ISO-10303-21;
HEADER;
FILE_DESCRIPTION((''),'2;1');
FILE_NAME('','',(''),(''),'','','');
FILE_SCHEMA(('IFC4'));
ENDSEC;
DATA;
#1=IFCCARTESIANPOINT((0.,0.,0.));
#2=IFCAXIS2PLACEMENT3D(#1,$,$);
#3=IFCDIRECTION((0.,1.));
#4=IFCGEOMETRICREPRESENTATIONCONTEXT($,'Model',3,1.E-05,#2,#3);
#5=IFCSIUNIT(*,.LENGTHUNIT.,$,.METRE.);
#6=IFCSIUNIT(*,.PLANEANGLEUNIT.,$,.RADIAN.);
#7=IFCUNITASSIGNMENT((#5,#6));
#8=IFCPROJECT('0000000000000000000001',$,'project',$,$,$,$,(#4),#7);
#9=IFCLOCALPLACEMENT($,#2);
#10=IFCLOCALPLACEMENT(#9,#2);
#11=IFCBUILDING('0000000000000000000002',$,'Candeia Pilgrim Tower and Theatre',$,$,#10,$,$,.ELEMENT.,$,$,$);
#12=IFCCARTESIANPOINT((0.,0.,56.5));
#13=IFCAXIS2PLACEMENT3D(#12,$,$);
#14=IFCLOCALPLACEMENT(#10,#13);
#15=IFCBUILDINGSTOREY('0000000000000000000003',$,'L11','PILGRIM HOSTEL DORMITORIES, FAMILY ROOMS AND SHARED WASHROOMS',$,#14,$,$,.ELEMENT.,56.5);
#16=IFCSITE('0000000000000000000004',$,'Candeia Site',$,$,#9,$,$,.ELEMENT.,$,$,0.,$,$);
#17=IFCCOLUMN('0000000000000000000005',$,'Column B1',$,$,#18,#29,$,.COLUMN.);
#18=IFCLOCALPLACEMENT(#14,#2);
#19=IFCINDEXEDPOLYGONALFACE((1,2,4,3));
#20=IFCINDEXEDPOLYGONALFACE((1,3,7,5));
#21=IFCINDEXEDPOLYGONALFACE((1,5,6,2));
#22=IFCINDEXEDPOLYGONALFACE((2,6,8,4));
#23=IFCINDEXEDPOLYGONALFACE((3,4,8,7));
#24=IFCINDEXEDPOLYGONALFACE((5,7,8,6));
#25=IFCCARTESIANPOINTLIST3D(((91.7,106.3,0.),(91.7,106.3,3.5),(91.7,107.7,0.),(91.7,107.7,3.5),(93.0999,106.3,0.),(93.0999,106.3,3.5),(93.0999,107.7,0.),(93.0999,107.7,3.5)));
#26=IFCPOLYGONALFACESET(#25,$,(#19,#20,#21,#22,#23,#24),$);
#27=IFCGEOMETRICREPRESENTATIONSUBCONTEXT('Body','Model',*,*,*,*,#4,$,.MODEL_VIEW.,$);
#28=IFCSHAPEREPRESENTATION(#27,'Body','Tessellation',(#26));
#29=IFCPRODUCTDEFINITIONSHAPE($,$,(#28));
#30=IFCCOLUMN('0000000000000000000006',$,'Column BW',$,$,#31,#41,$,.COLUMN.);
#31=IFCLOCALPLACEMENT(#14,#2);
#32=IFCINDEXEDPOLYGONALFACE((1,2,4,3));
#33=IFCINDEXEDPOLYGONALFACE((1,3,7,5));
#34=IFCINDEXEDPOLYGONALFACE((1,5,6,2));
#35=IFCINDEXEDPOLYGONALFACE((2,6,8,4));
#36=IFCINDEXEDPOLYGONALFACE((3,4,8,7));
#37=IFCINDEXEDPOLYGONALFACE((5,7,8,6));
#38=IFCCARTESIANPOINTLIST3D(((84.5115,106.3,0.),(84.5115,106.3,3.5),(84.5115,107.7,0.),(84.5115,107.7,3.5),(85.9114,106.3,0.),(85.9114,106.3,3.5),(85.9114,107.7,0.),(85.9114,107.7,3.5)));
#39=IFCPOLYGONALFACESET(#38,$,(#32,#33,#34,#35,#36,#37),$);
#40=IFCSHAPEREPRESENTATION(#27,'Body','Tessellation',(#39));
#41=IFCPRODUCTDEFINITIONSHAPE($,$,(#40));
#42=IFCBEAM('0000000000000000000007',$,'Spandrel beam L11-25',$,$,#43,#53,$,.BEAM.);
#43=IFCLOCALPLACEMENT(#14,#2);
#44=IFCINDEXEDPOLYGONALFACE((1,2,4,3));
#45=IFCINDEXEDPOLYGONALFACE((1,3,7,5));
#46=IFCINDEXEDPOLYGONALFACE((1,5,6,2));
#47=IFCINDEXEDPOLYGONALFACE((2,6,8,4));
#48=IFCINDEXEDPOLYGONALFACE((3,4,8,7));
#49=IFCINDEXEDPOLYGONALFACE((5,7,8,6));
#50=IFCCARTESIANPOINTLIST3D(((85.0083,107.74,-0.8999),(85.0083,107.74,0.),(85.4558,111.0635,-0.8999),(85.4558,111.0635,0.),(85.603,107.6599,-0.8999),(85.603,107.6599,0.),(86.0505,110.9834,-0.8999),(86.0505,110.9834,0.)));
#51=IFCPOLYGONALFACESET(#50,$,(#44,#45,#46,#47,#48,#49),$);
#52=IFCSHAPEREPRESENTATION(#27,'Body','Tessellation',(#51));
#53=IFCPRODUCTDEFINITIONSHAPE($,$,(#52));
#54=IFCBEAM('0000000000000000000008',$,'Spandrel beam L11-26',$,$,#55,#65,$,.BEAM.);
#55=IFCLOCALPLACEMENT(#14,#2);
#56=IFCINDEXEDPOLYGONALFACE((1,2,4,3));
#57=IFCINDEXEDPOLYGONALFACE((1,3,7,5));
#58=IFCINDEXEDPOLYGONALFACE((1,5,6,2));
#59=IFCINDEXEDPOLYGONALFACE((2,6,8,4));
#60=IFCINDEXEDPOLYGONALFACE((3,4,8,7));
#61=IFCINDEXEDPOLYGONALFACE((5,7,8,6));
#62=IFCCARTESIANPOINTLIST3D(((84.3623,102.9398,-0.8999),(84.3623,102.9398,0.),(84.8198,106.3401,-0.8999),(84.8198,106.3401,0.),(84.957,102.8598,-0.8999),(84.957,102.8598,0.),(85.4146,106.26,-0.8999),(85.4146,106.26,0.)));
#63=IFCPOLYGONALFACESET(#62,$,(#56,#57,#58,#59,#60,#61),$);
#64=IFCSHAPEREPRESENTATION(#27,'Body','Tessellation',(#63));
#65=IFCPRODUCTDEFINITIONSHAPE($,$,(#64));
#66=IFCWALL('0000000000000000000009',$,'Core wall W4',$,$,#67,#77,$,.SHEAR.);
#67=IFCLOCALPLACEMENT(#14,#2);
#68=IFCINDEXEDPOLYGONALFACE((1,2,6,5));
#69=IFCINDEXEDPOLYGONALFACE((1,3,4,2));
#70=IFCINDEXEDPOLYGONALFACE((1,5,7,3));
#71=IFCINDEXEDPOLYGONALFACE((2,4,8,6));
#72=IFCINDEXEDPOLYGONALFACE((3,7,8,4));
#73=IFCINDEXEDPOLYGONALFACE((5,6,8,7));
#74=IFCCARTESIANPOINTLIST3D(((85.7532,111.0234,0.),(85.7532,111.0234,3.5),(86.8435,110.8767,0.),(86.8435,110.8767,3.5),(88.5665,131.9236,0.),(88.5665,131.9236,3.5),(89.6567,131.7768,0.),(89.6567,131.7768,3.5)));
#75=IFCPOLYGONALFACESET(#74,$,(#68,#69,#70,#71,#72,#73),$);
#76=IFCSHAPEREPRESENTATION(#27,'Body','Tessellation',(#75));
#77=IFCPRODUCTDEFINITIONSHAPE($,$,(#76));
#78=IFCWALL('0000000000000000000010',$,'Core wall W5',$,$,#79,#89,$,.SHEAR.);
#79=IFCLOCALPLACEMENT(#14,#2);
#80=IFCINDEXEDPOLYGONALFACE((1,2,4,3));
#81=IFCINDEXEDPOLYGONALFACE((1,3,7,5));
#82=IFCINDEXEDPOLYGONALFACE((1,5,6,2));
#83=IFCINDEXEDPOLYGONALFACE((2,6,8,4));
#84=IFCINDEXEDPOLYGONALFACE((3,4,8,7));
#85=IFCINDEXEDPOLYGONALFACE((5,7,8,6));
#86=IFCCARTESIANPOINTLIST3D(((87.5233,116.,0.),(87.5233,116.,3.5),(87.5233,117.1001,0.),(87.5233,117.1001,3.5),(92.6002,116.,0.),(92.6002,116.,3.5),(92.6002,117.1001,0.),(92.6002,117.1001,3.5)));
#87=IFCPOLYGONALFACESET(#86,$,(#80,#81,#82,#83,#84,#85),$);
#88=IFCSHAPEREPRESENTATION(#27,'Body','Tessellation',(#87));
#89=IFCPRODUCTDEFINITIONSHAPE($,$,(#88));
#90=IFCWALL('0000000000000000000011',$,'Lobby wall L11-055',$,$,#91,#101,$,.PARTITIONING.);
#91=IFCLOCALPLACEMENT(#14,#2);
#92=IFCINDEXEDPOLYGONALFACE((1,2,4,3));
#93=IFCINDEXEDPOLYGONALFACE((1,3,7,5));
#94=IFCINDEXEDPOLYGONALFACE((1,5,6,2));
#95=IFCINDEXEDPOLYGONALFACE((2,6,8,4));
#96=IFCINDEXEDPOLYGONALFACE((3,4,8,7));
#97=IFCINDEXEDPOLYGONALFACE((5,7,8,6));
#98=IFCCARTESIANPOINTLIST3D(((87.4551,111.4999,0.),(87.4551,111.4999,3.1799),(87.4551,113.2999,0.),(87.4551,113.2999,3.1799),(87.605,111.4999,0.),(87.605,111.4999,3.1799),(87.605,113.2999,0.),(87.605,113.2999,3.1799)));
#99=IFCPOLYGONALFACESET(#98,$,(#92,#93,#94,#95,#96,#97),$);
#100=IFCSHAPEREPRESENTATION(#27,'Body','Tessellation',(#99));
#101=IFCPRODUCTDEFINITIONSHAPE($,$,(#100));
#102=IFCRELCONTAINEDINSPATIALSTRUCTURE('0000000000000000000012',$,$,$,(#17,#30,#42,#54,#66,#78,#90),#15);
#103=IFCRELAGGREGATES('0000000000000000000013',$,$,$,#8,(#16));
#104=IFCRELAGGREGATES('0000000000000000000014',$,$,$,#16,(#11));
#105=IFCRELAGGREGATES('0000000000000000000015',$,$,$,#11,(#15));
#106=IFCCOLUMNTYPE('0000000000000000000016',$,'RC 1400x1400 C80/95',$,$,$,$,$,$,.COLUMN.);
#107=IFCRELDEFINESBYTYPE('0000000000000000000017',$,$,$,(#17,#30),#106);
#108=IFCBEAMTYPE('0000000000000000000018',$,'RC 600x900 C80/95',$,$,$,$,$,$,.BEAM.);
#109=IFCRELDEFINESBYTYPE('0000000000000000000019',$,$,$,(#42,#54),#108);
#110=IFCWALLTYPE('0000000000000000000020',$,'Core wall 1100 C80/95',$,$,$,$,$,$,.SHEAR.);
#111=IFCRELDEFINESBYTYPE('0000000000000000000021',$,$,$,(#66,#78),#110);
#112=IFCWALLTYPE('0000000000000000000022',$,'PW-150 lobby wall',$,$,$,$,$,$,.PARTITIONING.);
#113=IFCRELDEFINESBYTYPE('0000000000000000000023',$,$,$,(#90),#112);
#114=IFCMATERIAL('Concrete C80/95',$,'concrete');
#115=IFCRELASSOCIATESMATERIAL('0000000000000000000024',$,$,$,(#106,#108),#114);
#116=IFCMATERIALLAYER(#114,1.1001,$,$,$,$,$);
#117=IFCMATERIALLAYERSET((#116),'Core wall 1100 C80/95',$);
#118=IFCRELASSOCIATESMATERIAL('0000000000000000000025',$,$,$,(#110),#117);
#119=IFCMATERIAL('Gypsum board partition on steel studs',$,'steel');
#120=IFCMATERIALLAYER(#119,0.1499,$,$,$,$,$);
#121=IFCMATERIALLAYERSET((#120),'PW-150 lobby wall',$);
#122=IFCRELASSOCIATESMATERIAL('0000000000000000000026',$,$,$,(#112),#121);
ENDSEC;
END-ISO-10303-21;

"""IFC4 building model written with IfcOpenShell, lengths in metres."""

from ifc_helpers import new_model, si_unit, direction, frame, frame_2d, origin, origin_2d, place, context, subcontext, project, spatial, rectangle, extrude, material, layer, layer_set, material_profile, profile_set, type_object, element, save


model = new_model("IFC4")

# Units and contexts
model_context = context("Model", 3, precision=1e-05, world=origin(), true_north=direction((0.0, 1.0)))
body_context = subcontext(model_context, "Body", "Model", "MODEL_VIEW")
ifc_project = project(units=[si_unit("LENGTHUNIT", "METRE"), si_unit("PLANEANGLEUNIT", "RADIAN")], contexts=[model_context])

# Site, building, storey
site_placement = place(None, origin())
site = spatial("IfcSite", under=ifc_project, at=site_placement, Name="Candeia Site", CompositionType="ELEMENT", RefElevation=0.0)
building_placement = place(site_placement, origin())
building = spatial("IfcBuilding", under=site, at=building_placement, Name="Candeia Pilgrim Tower and Theatre", CompositionType="ELEMENT")
storey_placement = place(building_placement, frame((0.0, 0.0, 56.5)))
storey = spatial("IfcBuildingStorey", under=building, at=storey_placement, Name="L11", Description="PILGRIM HOSTEL DORMITORIES, FAMILY ROOMS AND SHARED WASHROOMS", CompositionType="ELEMENT", Elevation=56.5)

# Columns
ifc_material_1 = material(Name="Concrete C80/95", Category="concrete")
ifc_material_profile_1 = material_profile(ifc_material_1, rectangle(XDim=1.3999, YDim=1.3999, at=origin_2d()))
ifc_profile_set_1 = profile_set([ifc_material_profile_1], Name="Concrete C80/95")
column_type = type_object("IfcColumnType", Name="RC 1400x1400 C80/95", PredefinedType="COLUMN", material=ifc_profile_set_1)
for number, where, z_axis, x_axis, name in (
    (1, (92.3999, 107.0, 0.0), (0.0, 0.0, 1.0), (1.0, 0.0, 0.0), "Column B1"),
    (2, (85.2114, 107.0, 0.0), (0.0, 0.0, 1.0), (1.0, 0.0, 0.0), "Column BW"),
):
    element("IfcColumn", number, at=place(storey_placement, frame(where, z_axis=z_axis, x_axis=x_axis)), inside=storey, type_object=column_type, Name=name, PredefinedType="COLUMN", context=body_context, shape_type="SweptSolid", body=[
        extrude(rectangle(XDim=1.3999, YDim=1.3999, at=origin_2d()), origin(), (0.0, 0.0, 1.0), 3.5),
    ])

# Beams
ifc_material_profile_2 = material_profile(ifc_material_1, rectangle(XDim=0.6001, YDim=0.8999, at=origin_2d()))
ifc_profile_set_2 = profile_set([ifc_material_profile_2], Name="Concrete C80/95")
beam_type = type_object("IfcBeamType", Name="RC 600x900 C80/95", PredefinedType="BEAM", material=ifc_profile_set_2)
beam_1_placement = place(storey_placement, frame((85.7532, 111.0234, -0.45), z_axis=(-0.133446, -0.991056, 0.0), x_axis=(0.991056, -0.133446, 0.0)))
element("IfcBeam", 3, at=beam_1_placement, inside=storey, type_object=beam_type, Name="Spandrel beam L11-25", PredefinedType="BEAM", context=body_context, shape_type="SweptSolid", body=[
    extrude(rectangle(XDim=0.6001, YDim=0.8999, at=origin_2d()), origin(), (0.0, 0.0, 1.0), 3.3535),
])
beam_2_placement = place(storey_placement, frame((85.1172, 106.3, -0.45), z_axis=(-0.133357, -0.991068, 0.0), x_axis=(0.991068, -0.133357, 0.0)))
element("IfcBeam", 4, at=beam_2_placement, inside=storey, type_object=beam_type, Name="Spandrel beam L11-26", PredefinedType="BEAM", context=body_context, shape_type="SweptSolid", body=[
    extrude(rectangle(XDim=0.6001, YDim=0.8999, at=origin_2d()), origin(), (0.0, 0.0, 1.0), 3.4309),
])

# Walls
ifc_layer_1 = layer(ifc_material_1, 1.1001)
ifc_layer_set_1 = layer_set([ifc_layer_1], Name="Core wall 1100 C80/95")
wall_type_1 = type_object("IfcWallType", Name="Core wall 1100 C80/95", PredefinedType="SHEAR", material=ifc_layer_set_1)
wall_1_placement = place(storey_placement, frame((86.2983, 110.95, 0.0), z_axis=(0.0, 0.0, 1.0), x_axis=(0.1334, 0.991062, 0.0)))
element("IfcWall", 5, at=wall_1_placement, inside=storey, type_object=wall_type_1, Name="Core wall W4", PredefinedType="SHEAR", context=body_context, shape_type="SweptSolid", body=[
    extrude(rectangle(XDim=21.0886, YDim=1.1001, at=frame_2d((10.5444, 0.0))), origin(), (0.0, 0.0, 1.0), 3.5),
])
wall_2_placement = place(storey_placement, frame((87.5232, 116.55, 0.0), z_axis=(0.0, 0.0, 1.0), x_axis=(1.0, 0.0, 0.0)))
element("IfcWall", 6, at=wall_2_placement, inside=storey, type_object=wall_type_1, Name="Core wall W5", PredefinedType="SHEAR", context=body_context, shape_type="SweptSolid", body=[
    extrude(rectangle(XDim=5.0769, YDim=1.1001, at=frame_2d((2.5386, 0.0))), origin(), (0.0, 0.0, 1.0), 3.5),
])

# Wall
ifc_material_2 = material(Name="Gypsum board partition on steel studs", Category="steel")
ifc_layer_2 = layer(ifc_material_2, 0.1499)
ifc_layer_set_2 = layer_set([ifc_layer_2], Name="PW-150 lobby wall")
wall_type_2 = type_object("IfcWallType", Name="PW-150 lobby wall", PredefinedType="PARTITIONING", material=ifc_layer_set_2)
wall_3_placement = place(storey_placement, frame((87.53, 111.5, 0.0), z_axis=(0.0, 0.0, 1.0), x_axis=(0.0, 1.0, 0.0)))
element("IfcWall", 7, at=wall_3_placement, inside=storey, type_object=wall_type_2, Name="Lobby wall L11-055", PredefinedType="PARTITIONING", context=body_context, shape_type="SweptSolid", body=[
    extrude(rectangle(XDim=1.8, YDim=0.1499, at=frame_2d((0.8999, 0.0))), origin(), (0.0, 0.0, 1.0), 3.1799),
])

save(model, "model.ifc")
